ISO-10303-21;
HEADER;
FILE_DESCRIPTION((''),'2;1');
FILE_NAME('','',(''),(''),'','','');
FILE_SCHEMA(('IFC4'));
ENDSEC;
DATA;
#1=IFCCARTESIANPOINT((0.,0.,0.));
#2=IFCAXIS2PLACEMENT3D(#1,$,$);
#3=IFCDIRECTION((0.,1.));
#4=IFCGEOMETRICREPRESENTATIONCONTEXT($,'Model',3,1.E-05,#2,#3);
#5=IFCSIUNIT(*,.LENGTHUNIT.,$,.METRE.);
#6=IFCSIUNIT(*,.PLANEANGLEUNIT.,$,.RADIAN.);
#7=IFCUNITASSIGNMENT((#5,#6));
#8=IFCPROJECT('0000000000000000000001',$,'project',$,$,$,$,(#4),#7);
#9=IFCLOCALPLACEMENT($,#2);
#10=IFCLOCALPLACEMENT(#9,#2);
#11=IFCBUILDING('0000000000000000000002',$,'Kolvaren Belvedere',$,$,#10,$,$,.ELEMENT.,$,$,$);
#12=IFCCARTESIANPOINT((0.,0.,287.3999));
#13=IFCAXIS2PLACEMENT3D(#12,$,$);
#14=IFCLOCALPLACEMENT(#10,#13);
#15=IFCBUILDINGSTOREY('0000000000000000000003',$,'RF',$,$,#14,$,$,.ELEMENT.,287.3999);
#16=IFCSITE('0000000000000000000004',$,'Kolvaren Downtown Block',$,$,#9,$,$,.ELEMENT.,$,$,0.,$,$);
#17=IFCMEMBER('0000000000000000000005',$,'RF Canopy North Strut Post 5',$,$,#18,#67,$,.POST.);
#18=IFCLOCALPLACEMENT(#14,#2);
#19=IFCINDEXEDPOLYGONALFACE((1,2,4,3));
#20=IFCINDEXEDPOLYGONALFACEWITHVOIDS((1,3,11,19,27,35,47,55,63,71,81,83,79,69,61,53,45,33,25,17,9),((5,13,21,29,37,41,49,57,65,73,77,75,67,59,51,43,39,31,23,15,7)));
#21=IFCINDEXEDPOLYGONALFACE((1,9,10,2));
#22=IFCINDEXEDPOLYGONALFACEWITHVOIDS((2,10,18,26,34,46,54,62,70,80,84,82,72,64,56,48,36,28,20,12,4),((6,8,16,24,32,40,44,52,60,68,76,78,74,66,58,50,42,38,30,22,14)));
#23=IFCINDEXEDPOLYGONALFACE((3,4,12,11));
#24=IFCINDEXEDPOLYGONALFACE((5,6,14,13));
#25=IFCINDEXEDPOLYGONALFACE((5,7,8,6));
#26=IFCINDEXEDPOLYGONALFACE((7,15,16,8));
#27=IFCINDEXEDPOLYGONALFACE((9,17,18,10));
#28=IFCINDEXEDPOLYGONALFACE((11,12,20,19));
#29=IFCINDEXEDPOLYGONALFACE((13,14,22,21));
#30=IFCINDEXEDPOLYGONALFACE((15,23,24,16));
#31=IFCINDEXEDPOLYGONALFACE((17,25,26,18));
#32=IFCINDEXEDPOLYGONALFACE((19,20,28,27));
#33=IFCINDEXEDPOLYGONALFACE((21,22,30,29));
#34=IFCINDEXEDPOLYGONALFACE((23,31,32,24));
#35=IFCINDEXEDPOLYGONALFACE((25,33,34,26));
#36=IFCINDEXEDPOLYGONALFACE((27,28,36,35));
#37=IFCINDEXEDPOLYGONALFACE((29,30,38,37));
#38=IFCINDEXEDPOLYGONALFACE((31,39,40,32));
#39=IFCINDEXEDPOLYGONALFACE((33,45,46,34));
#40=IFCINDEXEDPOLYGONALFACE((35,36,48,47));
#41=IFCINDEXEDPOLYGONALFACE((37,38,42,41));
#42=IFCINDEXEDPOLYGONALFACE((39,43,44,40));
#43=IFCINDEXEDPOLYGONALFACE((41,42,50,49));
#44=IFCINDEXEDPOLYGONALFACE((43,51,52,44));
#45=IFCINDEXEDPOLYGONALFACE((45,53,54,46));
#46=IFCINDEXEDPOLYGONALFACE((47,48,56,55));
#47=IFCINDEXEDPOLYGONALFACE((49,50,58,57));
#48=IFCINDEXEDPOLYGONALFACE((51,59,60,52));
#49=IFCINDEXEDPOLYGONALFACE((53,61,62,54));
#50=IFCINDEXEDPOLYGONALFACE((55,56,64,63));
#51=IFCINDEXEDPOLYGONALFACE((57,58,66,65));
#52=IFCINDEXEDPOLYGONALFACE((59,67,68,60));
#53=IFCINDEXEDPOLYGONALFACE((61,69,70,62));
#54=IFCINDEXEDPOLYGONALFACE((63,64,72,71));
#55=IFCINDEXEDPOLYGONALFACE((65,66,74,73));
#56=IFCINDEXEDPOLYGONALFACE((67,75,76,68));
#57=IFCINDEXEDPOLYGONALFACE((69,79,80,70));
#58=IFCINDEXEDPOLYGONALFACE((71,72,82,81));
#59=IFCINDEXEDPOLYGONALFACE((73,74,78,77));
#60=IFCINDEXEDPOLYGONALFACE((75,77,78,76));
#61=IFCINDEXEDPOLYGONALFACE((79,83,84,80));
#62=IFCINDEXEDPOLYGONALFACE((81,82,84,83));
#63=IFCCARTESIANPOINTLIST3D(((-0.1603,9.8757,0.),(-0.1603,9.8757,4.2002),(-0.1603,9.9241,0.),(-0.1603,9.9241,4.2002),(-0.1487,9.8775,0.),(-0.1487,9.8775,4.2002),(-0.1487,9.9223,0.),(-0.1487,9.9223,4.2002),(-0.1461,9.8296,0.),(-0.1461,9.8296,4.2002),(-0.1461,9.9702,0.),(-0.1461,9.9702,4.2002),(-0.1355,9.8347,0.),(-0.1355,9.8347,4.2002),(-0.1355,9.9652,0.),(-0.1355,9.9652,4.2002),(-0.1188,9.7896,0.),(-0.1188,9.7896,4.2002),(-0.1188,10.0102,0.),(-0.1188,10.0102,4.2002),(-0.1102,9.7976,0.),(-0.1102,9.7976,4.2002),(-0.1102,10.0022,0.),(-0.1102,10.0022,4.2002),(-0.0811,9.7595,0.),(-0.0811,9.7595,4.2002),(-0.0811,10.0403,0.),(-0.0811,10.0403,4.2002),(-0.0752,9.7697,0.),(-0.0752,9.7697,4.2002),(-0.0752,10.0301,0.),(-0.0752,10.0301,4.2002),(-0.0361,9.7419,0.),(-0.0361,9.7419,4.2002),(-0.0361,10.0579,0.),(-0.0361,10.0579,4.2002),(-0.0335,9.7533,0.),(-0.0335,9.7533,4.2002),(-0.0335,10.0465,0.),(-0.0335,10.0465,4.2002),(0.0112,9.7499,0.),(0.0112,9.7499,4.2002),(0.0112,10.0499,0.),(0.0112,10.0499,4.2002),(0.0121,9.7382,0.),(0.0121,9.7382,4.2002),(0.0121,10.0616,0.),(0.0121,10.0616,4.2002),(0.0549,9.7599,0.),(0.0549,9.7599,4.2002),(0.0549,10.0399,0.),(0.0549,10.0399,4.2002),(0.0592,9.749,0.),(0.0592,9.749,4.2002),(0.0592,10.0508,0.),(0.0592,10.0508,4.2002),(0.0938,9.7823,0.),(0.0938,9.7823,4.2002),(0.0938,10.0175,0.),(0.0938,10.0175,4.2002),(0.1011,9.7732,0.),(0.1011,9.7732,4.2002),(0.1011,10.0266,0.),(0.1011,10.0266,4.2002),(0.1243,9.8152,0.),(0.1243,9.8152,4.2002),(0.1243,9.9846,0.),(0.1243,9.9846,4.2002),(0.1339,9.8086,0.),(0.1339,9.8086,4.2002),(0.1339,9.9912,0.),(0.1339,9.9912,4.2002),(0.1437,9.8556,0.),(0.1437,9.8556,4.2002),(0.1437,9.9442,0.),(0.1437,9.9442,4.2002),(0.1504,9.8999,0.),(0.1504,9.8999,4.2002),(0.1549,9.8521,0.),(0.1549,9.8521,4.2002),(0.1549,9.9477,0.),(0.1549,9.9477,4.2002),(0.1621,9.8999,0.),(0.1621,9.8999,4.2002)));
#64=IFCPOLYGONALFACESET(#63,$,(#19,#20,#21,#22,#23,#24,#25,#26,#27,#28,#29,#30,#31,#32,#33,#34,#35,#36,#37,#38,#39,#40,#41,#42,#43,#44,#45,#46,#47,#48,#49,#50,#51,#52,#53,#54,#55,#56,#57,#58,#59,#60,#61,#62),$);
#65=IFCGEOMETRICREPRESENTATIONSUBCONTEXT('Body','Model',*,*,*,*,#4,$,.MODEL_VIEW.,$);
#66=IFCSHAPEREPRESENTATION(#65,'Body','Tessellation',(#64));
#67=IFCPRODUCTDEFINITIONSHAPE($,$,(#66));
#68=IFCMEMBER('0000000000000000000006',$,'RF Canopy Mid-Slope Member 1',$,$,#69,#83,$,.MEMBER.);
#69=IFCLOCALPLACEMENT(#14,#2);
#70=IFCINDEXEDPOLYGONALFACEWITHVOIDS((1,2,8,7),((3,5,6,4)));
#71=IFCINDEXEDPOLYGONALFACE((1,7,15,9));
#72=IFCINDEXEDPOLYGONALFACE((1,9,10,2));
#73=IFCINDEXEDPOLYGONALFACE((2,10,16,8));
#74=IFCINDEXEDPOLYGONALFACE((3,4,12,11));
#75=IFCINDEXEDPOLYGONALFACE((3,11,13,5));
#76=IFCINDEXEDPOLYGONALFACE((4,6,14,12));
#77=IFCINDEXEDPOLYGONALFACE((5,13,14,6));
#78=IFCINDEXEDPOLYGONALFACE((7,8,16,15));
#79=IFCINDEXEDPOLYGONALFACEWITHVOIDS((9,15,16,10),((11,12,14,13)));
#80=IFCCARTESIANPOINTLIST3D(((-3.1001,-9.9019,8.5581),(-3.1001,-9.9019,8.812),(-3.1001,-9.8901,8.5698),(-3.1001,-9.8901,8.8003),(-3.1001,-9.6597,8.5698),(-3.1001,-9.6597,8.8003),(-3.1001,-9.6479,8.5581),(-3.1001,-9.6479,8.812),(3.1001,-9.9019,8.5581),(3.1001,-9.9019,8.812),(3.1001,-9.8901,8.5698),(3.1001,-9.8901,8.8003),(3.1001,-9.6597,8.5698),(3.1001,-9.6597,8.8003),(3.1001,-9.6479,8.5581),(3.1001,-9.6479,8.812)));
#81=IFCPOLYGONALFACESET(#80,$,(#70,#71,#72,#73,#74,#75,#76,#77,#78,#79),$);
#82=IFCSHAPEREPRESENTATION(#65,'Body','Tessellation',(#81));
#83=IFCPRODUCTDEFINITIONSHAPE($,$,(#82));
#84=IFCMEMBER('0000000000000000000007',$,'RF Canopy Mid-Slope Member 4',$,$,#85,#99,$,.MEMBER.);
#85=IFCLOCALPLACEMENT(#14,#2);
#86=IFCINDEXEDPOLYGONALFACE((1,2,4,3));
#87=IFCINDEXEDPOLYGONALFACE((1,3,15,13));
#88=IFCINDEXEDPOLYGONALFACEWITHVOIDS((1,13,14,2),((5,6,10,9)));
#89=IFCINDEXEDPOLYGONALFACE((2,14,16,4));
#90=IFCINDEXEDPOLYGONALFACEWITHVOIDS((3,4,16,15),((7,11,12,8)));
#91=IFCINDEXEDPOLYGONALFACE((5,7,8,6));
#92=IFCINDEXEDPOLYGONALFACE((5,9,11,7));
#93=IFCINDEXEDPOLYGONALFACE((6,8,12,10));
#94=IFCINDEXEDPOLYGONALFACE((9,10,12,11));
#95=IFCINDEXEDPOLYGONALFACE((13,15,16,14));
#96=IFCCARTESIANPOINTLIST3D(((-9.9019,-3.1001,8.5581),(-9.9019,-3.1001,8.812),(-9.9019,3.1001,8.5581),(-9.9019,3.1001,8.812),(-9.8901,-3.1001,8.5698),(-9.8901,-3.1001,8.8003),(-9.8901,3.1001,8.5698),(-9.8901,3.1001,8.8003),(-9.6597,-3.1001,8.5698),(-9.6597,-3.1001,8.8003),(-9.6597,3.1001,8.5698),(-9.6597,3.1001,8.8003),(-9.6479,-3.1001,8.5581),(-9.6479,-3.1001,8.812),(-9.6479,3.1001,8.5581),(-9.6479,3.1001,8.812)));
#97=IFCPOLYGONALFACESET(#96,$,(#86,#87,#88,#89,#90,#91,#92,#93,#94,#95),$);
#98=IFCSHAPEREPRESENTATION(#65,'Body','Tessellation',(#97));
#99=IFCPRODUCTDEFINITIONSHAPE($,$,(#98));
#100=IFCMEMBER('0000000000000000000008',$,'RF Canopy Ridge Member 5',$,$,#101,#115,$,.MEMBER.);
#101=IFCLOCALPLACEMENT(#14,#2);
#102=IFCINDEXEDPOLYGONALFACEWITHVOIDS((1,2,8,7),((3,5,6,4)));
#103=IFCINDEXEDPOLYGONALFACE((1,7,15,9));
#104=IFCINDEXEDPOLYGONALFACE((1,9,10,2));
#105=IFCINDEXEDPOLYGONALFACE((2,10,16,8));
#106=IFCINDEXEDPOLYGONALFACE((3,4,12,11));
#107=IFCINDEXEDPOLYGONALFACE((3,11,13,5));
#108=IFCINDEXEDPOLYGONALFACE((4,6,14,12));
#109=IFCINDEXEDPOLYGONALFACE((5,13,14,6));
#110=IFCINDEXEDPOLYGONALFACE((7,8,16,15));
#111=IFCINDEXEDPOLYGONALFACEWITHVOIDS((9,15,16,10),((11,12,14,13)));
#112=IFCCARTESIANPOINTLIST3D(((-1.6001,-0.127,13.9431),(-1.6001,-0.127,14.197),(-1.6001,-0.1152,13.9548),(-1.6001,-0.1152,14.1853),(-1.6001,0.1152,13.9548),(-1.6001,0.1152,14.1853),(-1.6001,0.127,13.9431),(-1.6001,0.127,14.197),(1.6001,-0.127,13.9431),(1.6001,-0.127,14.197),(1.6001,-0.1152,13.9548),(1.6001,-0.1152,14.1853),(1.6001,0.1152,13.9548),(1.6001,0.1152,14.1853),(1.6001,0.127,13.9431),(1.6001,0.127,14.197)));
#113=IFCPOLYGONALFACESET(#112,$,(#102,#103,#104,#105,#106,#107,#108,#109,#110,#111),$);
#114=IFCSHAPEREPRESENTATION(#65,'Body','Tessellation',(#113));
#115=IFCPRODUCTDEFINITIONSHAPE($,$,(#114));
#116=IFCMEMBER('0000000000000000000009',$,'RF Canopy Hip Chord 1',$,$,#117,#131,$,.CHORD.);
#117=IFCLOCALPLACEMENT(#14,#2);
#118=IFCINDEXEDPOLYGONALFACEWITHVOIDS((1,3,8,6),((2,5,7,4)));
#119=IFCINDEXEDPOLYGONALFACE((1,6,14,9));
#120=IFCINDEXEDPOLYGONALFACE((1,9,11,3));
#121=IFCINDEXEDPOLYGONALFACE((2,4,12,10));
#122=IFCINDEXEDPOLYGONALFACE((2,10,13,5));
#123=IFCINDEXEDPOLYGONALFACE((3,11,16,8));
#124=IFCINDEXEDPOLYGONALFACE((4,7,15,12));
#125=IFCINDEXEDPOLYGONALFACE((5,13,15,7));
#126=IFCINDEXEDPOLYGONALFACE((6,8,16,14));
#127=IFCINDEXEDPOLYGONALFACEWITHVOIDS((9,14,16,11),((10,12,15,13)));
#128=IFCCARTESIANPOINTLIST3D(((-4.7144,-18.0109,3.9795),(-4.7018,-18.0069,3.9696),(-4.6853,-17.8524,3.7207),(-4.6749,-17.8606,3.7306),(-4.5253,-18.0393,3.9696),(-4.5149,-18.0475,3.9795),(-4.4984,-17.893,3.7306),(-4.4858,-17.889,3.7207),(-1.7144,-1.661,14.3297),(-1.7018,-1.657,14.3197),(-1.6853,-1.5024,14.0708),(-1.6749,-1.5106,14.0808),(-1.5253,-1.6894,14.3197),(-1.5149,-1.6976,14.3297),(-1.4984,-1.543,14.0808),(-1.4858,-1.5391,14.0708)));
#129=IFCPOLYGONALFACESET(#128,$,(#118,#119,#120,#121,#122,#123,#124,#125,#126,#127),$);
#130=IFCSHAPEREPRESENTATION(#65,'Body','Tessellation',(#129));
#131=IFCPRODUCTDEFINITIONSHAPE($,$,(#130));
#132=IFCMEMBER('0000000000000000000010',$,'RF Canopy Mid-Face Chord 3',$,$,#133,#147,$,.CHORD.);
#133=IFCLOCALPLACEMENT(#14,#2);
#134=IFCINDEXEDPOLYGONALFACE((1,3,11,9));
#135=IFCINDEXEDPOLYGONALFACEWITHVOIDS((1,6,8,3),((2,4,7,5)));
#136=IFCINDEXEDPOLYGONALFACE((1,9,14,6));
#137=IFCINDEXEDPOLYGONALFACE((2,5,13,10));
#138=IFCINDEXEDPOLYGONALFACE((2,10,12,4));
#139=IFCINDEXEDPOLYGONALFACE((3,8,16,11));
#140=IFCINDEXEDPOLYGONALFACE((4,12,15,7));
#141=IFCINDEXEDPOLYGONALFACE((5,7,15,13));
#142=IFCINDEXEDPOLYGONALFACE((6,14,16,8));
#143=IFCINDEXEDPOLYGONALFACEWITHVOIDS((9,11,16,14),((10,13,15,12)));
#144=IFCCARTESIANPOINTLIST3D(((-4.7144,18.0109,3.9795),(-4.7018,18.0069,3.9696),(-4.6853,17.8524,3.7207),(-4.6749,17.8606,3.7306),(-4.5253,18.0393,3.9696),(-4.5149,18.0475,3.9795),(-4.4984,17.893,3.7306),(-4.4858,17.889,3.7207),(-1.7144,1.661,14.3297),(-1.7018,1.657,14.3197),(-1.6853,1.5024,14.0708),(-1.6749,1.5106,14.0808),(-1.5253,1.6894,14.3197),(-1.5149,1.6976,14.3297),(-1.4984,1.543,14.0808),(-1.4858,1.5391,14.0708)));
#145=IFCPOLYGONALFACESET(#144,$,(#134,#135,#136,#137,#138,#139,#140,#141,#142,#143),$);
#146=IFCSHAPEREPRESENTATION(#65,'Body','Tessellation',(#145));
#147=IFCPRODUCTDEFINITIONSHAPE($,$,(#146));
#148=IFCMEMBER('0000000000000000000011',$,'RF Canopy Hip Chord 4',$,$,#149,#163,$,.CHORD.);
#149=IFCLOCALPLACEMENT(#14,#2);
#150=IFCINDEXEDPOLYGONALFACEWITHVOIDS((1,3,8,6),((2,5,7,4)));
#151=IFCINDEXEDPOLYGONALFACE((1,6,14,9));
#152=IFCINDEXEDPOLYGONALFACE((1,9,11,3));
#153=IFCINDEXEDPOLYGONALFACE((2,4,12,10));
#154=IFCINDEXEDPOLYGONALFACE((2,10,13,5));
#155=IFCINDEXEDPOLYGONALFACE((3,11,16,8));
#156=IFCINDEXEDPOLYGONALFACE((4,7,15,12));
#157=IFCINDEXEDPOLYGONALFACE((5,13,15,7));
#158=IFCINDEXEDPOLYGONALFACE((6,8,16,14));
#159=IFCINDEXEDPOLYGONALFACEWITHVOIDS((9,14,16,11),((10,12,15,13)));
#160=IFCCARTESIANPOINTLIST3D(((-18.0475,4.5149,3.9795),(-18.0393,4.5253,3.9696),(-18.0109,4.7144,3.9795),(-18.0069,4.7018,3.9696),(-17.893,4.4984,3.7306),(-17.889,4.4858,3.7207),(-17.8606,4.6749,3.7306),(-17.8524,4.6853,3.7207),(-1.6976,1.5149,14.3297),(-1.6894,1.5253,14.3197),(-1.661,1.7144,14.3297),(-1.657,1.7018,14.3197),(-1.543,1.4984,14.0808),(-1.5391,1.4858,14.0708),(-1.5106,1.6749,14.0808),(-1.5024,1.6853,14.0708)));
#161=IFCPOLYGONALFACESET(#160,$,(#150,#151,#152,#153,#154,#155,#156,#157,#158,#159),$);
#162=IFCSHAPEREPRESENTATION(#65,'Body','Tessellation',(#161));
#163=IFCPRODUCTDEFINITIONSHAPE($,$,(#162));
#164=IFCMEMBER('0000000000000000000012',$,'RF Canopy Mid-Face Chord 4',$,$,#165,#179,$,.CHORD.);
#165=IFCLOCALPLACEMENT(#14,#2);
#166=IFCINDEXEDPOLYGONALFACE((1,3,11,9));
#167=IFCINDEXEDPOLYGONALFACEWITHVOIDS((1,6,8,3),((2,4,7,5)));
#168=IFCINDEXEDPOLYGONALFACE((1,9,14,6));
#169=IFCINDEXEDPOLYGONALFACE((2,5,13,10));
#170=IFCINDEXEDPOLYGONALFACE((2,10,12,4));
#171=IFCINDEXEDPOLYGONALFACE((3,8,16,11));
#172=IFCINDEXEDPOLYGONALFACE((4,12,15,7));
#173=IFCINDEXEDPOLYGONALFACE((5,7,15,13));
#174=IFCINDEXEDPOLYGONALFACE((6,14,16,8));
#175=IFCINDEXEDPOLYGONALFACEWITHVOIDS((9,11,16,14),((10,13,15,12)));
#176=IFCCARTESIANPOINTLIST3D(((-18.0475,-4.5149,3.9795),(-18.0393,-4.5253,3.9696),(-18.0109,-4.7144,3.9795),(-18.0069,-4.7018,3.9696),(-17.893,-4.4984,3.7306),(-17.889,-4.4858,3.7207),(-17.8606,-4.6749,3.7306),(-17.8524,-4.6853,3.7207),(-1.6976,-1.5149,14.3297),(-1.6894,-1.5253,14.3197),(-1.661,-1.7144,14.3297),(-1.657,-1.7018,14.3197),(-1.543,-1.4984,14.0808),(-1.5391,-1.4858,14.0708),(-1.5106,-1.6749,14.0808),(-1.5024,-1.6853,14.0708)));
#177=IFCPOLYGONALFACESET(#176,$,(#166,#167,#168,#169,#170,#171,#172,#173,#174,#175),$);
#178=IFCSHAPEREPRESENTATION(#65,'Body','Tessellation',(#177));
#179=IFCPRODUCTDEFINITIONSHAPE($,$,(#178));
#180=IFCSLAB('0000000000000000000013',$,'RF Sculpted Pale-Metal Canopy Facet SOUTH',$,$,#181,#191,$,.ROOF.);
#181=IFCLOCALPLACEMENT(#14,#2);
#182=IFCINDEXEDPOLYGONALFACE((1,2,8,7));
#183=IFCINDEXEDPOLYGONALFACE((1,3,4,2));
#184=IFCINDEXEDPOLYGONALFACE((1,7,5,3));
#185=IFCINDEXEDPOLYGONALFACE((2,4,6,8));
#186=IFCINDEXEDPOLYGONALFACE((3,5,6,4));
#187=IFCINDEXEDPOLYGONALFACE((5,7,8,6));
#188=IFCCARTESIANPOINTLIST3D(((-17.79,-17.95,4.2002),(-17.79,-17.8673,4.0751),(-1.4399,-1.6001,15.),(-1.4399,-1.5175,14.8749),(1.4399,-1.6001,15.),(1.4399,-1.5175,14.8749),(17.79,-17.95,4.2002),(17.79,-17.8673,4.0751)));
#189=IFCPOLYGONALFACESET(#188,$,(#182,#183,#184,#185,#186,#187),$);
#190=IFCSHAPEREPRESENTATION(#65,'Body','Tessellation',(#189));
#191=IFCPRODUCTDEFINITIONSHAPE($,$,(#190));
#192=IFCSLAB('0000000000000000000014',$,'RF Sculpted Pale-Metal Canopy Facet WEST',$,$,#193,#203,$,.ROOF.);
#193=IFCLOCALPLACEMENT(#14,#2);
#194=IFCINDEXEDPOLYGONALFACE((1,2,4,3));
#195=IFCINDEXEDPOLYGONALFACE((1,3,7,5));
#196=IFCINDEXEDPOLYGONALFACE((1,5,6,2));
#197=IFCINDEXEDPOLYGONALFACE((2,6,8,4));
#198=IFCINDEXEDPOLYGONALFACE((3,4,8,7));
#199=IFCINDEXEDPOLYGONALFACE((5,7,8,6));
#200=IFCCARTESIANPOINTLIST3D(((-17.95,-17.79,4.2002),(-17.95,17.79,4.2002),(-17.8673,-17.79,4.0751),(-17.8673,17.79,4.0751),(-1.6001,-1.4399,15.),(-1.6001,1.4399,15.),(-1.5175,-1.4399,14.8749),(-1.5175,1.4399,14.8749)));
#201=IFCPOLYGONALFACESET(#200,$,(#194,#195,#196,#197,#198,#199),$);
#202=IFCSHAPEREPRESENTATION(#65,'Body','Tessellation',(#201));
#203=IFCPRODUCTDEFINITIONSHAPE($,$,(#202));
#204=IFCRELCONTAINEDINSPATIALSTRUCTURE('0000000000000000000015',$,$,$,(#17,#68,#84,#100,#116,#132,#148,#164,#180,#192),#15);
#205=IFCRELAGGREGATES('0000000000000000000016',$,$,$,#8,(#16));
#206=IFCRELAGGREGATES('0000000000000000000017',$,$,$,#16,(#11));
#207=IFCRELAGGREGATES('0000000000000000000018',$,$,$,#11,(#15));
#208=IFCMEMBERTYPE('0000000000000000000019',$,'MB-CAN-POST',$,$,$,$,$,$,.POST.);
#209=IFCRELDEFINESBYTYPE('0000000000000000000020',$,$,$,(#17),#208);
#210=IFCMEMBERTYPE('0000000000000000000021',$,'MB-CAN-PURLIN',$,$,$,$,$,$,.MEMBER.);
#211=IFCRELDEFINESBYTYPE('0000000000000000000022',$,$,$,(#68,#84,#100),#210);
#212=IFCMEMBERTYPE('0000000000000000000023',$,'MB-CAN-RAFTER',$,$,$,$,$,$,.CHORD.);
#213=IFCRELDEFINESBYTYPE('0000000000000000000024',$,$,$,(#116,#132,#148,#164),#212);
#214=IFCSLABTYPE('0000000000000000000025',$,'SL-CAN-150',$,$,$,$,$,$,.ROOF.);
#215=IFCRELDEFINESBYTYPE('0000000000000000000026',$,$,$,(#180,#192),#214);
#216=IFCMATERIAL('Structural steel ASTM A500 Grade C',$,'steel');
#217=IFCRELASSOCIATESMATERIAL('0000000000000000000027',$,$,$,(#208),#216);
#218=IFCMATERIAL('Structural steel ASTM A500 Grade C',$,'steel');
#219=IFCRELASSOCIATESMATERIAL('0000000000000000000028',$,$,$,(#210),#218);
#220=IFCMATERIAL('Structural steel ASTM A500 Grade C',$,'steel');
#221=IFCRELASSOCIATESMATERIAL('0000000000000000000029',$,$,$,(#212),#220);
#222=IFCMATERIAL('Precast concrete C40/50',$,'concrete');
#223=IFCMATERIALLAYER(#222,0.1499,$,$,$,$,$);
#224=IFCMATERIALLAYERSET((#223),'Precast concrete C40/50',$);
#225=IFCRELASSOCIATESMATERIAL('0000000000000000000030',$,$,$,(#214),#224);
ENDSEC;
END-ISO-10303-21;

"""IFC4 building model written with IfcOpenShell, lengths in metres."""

from ifc_helpers import new_model, si_unit, direction, frame, origin, origin_2d, place, context, subcontext, project, spatial, polyline, hollow_rectangle, hollow_circle, outline, extrude, material, layer, layer_set, material_profile, profile_set, type_object, element, save


model = new_model("IFC4")

# Units and contexts
model_context = context("Model", 3, precision=1e-05, world=origin(), true_north=direction((0.0, 1.0)))
body_context = subcontext(model_context, "Body", "Model", "MODEL_VIEW")
ifc_project = project(units=[si_unit("LENGTHUNIT", "METRE"), si_unit("PLANEANGLEUNIT", "RADIAN")], contexts=[model_context])

# Site, building, storey
site_placement = place(None, origin())
site = spatial("IfcSite", under=ifc_project, at=site_placement, Name="Kolvaren Downtown Block", CompositionType="ELEMENT", RefElevation=0.0)
building_placement = place(site_placement, origin())
building = spatial("IfcBuilding", under=site, at=building_placement, Name="Kolvaren Belvedere", CompositionType="ELEMENT")
storey_placement = place(building_placement, frame((0.0, 0.0, 287.3999)))
storey = spatial("IfcBuildingStorey", under=building, at=storey_placement, Name="RF", CompositionType="ELEMENT", Elevation=287.3999)

# Members
ifc_material_1 = material(Name="Structural steel ASTM A500 Grade C", Category="steel")
ifc_material_profile_1 = material_profile(ifc_material_1, hollow_circle(Radius=0.1621, WallThickness=0.0117, at=origin_2d()), Name="HSS12.750X0.500")
ifc_profile_set_1 = profile_set([ifc_material_profile_1], Name="Structural steel ASTM A500 Grade C")
member_type_1 = type_object("IfcMemberType", Name="MB-CAN-POST", PredefinedType="POST", material=ifc_profile_set_1)
for number, where, z_axis, x_axis, name in (
    (1, (0.0, 9.8999, 0.0), (0.0, 0.0, 1.0), (1.0, 0.0, 0.0), "RF Canopy North Strut Post 5"),
):
    element("IfcMember", number, at=place(storey_placement, frame(where, z_axis=z_axis, x_axis=x_axis)), inside=storey, type_object=member_type_1, Name=name, PredefinedType="POST", context=body_context, shape_type="SweptSolid", body=[
        extrude(hollow_circle(Radius=0.1621, WallThickness=0.0117, at=origin_2d()), origin(), (0.0, 0.0, 1.0), 4.2002),
    ])
ifc_material_2 = material(Name="Structural steel ASTM A500 Grade C", Category="steel")
ifc_material_profile_2 = material_profile(ifc_material_2, hollow_rectangle(XDim=0.2539, YDim=0.2539, WallThickness=0.0117, at=origin_2d()), Name="HSS10X10X1/2")
ifc_profile_set_2 = profile_set([ifc_material_profile_2], Name="Structural steel ASTM A500 Grade C")
member_type_2 = type_object("IfcMemberType", Name="MB-CAN-PURLIN", PredefinedType="MEMBER", material=ifc_profile_set_2)
for number, where, z_axis, x_axis, name in (
    (2, (-3.1001, -9.7749, 8.6851), (1.0, 0.0, 0.0), (0.0, 1.0, 0.0), "RF Canopy Mid-Slope Member 1"),
    (3, (-9.7749, 3.1001, 8.6851), (0.0, -1.0, 0.0), (1.0, 0.0, 0.0), "RF Canopy Mid-Slope Member 4"),
):
    element("IfcMember", number, at=place(storey_placement, frame(where, z_axis=z_axis, x_axis=x_axis)), inside=storey, type_object=member_type_2, Name=name, PredefinedType="MEMBER", context=body_context, shape_type="SweptSolid", body=[
        extrude(hollow_rectangle(XDim=0.2539, YDim=0.2539, WallThickness=0.0117, at=origin_2d()), origin(), (0.0, 0.0, 1.0), 6.2002),
    ])
member_1_placement = place(storey_placement, frame((-1.6001, 0.0, 14.0701), z_axis=(1.0, 0.0, 0.0), x_axis=(0.0, 1.0, 0.0)))
element("IfcMember", 4, at=member_1_placement, inside=storey, type_object=member_type_2, Name="RF Canopy Ridge Member 5", PredefinedType="MEMBER", context=body_context, shape_type="SweptSolid", body=[
    extrude(hollow_rectangle(XDim=0.2539, YDim=0.2539, WallThickness=0.0117, at=origin_2d()), origin(), (0.0, 0.0, 1.0), 3.2002),
])
ifc_material_3 = material(Name="Structural steel ASTM A500 Grade C", Category="steel")
ifc_material_profile_3 = material_profile(ifc_material_3, hollow_rectangle(XDim=0.2029, YDim=0.3049, WallThickness=0.0117, at=origin_2d()), Name="HSS12X8X1/2")
ifc_profile_set_3 = profile_set([ifc_material_profile_3], Name="Structural steel ASTM A500 Grade C")
member_type_3 = type_object("IfcMemberType", Name="MB-CAN-RAFTER", PredefinedType="CHORD", material=ifc_profile_set_3)
for number, where, z_axis, x_axis, name in (
    (5, (-4.6001, -17.95, 3.8501), (0.153204, 0.834957, 0.52856), (-0.98358, 0.180475, 0.0), "RF Canopy Hip Chord 1"),
    (6, (-4.6001, 17.95, 3.8501), (0.153204, -0.834957, 0.52856), (0.98358, 0.180475, 0.0), "RF Canopy Mid-Face Chord 3"),
    (7, (-17.95, 4.6001, 3.8501), (0.834957, -0.153204, 0.52856), (0.180475, 0.98358, 0.0), "RF Canopy Hip Chord 4"),
    (8, (-17.95, -4.6001, 3.8501), (0.834957, 0.153204, 0.52856), (-0.180475, 0.98358, 0.0), "RF Canopy Mid-Face Chord 4"),
):
    element("IfcMember", number, at=place(storey_placement, frame(where, z_axis=z_axis, x_axis=x_axis)), inside=storey, type_object=member_type_3, Name=name, PredefinedType="CHORD", context=body_context, shape_type="SweptSolid", body=[
        extrude(hollow_rectangle(XDim=0.2029, YDim=0.3049, WallThickness=0.0117, at=origin_2d()), origin(), (0.0, 0.0, 1.0), 19.5818),
    ])

# Slabs
ifc_material_4 = material(Name="Precast concrete C40/50", Category="concrete")
ifc_layer_1 = layer(ifc_material_4, 0.1499)
ifc_layer_set_1 = layer_set([ifc_layer_1], Name="Precast concrete C40/50")
slab_type_1 = type_object("IfcSlabType", Name="SL-CAN-150", PredefinedType="ROOF", material=ifc_layer_set_1)
for number, where, z_axis, x_axis, name in (
    (9, (-17.79, -17.95, 4.2002), (0.0, -0.551159, 0.8344), (1.0, 0.0, 0.0), "RF Sculpted Pale-Metal Canopy Facet SOUTH"),
    (10, (-17.95, 17.79, 4.2002), (-0.551159, 0.0, 0.8344), (0.0, -1.0, 0.0), "RF Sculpted Pale-Metal Canopy Facet WEST"),
):
    element("IfcSlab", number, at=place(storey_placement, frame(where, z_axis=z_axis, x_axis=x_axis)), inside=storey, type_object=slab_type_1, Name=name, PredefinedType="ROOF", context=body_context, shape_type="SweptSolid", body=[
        extrude(outline(polyline([(0.0, 0.0), (35.5801, 0.0), (19.23, 19.5947), (16.3501, 19.5947), (0.0, 0.0)])), origin(), (0.0, 0.0, -1.0), 0.1499),
    ])

save(model, "model.ifc")
